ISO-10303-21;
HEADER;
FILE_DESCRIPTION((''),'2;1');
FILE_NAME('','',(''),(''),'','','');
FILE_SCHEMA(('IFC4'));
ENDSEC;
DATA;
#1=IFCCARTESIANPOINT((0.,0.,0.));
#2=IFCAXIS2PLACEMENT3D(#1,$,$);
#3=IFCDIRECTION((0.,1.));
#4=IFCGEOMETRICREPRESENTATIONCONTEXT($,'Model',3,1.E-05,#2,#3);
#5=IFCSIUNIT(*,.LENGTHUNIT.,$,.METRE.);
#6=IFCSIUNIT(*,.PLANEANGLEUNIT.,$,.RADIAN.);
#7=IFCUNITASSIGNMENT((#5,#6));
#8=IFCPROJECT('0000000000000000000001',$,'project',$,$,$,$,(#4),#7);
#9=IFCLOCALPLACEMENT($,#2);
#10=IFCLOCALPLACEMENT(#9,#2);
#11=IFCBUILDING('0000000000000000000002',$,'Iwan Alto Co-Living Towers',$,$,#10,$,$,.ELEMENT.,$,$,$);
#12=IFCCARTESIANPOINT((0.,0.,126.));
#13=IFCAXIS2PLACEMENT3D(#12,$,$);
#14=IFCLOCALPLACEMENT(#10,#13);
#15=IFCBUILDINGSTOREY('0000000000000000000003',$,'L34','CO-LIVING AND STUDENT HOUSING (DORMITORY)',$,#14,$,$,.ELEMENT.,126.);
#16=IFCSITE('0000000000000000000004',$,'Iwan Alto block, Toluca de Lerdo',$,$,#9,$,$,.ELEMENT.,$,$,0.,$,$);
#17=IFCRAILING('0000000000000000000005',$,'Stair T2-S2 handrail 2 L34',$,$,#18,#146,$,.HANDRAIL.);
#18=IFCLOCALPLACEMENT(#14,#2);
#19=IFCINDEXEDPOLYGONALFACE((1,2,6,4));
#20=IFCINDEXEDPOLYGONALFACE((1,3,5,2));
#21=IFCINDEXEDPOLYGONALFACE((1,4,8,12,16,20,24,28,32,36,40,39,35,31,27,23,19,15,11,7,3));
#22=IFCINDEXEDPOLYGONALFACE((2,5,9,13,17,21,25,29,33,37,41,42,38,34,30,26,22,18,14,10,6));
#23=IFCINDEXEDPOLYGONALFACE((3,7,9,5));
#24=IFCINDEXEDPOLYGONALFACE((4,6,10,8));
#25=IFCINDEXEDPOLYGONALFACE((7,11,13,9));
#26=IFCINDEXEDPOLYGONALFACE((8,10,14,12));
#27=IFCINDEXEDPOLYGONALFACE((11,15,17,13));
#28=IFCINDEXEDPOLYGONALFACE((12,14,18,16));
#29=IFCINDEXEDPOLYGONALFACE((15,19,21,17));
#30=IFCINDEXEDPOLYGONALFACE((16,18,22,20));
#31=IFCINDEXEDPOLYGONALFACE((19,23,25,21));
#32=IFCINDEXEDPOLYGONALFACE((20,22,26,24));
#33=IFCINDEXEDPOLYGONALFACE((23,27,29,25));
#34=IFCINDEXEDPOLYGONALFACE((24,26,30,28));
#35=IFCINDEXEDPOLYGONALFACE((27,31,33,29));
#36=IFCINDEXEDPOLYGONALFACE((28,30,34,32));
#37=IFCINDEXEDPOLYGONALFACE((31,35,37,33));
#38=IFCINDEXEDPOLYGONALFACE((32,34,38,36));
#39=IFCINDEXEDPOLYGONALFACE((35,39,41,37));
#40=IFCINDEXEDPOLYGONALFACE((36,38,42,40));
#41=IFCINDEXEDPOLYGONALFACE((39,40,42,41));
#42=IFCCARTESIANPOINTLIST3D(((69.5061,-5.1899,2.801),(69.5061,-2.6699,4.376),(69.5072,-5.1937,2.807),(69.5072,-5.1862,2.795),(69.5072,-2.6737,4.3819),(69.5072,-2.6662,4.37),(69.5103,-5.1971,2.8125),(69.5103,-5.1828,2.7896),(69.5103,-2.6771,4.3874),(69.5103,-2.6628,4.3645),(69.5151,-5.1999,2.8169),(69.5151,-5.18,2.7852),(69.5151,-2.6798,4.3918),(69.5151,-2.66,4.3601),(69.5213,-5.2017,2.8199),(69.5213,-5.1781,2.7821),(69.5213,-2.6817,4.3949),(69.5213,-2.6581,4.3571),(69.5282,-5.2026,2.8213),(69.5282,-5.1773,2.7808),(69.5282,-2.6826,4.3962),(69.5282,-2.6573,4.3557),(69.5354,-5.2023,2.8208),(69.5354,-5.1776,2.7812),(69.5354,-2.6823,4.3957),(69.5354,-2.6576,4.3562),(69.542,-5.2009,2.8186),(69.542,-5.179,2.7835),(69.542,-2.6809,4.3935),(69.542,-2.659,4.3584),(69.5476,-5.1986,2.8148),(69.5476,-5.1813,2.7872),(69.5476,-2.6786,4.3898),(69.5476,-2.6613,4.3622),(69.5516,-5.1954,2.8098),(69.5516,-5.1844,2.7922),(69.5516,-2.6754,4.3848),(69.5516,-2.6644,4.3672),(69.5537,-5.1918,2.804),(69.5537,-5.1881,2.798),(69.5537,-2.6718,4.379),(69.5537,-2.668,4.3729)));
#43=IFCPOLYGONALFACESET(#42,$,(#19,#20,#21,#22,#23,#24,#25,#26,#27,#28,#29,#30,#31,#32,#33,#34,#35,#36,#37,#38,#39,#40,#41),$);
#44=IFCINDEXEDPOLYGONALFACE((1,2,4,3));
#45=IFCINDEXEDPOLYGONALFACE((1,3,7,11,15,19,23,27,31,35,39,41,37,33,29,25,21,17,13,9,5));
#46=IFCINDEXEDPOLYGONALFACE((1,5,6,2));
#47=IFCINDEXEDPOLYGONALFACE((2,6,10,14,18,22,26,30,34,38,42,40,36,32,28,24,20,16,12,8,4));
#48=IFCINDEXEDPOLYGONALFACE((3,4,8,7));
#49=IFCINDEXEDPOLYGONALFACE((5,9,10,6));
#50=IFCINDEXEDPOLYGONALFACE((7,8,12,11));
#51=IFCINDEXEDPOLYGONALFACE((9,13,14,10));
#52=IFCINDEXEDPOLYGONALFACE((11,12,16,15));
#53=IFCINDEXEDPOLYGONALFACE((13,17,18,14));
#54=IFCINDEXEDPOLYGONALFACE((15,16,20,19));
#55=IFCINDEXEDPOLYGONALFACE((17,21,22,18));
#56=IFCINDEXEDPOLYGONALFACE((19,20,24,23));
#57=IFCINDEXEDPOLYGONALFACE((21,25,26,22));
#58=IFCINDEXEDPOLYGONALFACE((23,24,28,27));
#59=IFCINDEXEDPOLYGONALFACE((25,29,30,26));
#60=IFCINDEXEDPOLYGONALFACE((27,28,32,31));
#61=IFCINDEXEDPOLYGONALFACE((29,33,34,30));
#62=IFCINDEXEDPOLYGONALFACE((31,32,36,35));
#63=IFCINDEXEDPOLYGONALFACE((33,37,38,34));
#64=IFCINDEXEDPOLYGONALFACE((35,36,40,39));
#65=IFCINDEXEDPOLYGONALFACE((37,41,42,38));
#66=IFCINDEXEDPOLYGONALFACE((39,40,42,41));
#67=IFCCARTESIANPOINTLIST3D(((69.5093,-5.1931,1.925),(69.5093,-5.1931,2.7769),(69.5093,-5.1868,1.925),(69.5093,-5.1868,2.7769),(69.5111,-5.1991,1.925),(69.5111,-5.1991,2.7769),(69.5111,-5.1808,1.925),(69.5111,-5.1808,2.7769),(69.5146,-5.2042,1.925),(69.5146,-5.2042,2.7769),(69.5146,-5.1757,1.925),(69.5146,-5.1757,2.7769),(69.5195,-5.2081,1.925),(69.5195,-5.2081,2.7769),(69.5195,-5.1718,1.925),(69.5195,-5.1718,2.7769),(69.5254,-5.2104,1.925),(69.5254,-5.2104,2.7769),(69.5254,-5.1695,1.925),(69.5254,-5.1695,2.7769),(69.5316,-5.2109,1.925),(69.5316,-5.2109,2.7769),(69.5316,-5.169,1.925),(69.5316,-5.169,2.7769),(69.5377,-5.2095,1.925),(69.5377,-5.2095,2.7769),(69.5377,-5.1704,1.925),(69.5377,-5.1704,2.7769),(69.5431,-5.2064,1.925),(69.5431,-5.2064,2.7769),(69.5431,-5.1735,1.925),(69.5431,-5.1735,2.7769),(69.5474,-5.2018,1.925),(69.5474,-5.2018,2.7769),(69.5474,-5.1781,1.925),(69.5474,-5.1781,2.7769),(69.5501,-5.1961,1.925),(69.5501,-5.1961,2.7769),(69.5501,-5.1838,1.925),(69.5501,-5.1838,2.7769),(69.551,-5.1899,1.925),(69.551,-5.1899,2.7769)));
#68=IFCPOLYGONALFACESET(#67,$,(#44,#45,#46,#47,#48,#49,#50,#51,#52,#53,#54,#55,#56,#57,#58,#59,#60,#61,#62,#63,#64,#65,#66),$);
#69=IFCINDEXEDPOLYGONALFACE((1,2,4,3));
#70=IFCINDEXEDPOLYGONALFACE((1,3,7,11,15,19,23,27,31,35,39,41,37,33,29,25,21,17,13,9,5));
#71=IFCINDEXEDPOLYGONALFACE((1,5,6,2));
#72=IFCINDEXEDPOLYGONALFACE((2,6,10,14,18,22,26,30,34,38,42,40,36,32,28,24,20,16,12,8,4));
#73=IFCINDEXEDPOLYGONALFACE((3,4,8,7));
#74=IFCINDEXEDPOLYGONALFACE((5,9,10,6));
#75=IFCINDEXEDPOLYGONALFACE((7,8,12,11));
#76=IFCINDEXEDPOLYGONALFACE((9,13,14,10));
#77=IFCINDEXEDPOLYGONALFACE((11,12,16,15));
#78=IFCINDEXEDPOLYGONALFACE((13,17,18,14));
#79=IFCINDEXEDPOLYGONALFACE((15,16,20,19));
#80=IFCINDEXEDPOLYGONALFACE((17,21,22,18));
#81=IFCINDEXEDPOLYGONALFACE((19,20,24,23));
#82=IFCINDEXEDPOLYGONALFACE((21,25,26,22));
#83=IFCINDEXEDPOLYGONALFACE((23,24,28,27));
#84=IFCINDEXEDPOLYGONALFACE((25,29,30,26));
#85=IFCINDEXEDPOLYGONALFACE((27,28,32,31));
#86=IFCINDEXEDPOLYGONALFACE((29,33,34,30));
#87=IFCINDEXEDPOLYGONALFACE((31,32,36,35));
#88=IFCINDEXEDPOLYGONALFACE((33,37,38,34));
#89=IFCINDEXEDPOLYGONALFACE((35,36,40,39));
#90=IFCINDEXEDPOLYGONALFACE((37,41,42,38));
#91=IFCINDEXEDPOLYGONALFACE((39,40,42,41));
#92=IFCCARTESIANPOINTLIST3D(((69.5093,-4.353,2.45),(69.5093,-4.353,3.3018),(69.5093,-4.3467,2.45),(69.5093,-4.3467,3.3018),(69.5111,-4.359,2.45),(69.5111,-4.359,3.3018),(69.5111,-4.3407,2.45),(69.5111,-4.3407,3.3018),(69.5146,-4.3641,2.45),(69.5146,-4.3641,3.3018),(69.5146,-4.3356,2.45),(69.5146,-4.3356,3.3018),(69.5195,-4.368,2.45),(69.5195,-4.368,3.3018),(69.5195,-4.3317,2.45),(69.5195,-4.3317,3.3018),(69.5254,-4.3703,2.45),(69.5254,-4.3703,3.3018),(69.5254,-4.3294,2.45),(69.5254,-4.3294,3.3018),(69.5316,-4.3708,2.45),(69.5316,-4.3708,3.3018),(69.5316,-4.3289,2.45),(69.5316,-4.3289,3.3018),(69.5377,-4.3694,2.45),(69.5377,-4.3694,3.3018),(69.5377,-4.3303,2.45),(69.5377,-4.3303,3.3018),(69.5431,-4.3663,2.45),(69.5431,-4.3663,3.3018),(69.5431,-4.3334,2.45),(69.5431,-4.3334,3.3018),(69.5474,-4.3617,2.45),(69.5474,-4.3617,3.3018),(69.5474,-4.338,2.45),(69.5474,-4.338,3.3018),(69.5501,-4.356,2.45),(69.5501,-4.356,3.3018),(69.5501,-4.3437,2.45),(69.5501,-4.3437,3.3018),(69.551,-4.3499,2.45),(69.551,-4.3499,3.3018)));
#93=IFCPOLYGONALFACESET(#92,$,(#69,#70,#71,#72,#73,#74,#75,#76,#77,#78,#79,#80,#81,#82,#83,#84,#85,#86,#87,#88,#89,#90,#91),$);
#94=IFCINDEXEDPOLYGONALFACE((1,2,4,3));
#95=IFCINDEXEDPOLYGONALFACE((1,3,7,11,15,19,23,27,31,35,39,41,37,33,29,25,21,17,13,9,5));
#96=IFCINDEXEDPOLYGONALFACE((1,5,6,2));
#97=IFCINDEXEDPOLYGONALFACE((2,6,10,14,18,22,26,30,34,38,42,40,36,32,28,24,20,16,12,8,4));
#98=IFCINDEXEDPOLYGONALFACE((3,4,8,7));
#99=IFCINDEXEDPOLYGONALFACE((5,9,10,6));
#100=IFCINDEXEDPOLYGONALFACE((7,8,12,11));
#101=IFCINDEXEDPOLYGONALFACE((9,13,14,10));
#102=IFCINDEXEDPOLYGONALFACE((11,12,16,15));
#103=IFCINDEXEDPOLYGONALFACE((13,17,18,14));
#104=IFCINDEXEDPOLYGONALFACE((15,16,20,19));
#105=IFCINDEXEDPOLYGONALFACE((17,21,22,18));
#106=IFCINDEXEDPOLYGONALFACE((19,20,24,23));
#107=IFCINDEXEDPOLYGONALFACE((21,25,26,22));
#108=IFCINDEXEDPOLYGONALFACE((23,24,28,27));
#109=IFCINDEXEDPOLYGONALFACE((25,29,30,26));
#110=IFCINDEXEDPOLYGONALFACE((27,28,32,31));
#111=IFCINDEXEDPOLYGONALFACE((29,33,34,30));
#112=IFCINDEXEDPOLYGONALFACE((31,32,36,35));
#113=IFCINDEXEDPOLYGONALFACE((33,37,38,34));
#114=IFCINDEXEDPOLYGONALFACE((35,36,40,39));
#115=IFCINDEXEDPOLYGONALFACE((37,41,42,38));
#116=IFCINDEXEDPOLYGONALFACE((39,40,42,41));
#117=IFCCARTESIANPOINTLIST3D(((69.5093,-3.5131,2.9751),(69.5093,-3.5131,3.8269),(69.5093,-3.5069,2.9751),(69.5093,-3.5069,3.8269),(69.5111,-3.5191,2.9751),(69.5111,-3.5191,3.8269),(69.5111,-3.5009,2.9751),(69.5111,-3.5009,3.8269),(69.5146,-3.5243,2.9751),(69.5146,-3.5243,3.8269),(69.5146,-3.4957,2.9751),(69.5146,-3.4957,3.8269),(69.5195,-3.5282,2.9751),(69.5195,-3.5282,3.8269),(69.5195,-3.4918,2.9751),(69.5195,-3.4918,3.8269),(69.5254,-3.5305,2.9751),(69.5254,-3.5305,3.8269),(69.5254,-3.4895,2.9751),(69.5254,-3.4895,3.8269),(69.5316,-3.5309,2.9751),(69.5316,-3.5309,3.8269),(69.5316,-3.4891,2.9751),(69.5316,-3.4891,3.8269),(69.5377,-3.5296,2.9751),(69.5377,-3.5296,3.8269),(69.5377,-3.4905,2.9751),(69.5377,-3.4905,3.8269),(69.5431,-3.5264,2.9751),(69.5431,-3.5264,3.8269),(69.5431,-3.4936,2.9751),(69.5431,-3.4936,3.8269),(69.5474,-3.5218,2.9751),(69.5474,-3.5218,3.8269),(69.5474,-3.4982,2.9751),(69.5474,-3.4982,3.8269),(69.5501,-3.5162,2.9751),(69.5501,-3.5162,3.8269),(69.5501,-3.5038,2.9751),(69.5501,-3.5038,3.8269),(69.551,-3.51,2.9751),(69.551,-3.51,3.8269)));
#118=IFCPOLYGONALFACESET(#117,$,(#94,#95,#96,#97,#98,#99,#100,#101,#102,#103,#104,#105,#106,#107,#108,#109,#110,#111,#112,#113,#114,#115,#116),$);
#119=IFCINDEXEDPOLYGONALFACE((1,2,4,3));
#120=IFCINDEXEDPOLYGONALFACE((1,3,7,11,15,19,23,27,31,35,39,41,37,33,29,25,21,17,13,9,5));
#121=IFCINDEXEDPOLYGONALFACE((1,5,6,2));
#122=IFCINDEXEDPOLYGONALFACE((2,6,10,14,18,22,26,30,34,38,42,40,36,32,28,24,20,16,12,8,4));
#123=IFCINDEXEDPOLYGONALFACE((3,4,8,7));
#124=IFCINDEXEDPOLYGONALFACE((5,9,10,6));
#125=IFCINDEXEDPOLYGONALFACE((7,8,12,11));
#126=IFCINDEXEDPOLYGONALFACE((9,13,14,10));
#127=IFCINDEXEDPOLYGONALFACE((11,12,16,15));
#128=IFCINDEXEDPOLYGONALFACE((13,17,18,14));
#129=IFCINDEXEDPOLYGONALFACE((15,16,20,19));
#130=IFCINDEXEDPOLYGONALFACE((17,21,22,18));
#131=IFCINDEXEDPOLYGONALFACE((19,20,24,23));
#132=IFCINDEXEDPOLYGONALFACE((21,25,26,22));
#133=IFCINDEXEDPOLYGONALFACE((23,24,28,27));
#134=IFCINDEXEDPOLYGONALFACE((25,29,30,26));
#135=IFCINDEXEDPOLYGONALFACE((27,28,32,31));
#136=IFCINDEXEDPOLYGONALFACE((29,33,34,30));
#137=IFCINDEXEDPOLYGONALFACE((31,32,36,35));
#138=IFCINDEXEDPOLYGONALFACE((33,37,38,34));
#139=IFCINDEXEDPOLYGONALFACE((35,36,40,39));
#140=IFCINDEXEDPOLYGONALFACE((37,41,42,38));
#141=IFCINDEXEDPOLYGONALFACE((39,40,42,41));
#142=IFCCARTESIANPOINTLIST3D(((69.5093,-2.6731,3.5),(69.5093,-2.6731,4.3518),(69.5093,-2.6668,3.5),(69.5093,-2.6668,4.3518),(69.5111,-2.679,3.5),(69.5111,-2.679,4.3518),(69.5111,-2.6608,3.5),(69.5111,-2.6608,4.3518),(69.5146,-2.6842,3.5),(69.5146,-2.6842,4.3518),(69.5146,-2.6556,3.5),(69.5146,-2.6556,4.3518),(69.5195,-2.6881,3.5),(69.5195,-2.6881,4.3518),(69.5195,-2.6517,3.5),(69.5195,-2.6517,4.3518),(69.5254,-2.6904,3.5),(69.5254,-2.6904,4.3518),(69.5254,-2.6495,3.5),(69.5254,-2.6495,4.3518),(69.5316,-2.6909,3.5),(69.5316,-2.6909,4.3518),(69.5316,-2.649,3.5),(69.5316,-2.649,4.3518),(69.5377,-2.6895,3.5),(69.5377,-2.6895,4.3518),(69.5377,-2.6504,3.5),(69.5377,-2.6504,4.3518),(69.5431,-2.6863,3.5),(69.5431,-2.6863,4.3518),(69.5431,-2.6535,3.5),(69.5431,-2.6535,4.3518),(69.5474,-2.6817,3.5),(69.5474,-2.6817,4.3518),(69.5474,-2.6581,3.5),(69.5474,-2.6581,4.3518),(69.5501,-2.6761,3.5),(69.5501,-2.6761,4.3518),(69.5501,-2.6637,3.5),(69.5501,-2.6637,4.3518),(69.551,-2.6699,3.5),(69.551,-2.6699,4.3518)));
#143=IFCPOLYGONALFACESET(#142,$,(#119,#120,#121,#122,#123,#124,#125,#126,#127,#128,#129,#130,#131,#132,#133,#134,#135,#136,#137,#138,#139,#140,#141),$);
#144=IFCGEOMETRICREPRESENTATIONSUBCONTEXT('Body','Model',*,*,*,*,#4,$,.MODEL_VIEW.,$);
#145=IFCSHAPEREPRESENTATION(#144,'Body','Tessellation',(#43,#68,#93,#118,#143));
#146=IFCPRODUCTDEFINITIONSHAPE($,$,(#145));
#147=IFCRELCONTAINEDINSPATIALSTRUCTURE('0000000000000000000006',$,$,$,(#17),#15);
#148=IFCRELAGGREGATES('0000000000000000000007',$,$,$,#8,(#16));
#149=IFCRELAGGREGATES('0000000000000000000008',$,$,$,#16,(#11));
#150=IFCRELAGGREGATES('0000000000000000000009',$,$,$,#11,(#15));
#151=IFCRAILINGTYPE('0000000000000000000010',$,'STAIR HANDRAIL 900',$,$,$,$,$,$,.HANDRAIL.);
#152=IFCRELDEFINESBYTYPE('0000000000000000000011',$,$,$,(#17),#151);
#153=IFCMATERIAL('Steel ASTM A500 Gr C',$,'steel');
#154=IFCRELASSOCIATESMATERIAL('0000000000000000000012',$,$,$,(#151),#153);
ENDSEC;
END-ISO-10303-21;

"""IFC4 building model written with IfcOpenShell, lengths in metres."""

from ifc_helpers import new_model, si_unit, direction, frame, origin, origin_2d, place, context, subcontext, project, spatial, circle, extrude, material, type_object, element, save


model = new_model("IFC4")

# Units and contexts
model_context = context("Model", 3, precision=1e-05, world=origin(), true_north=direction((0.0, 1.0)))
body_context = subcontext(model_context, "Body", "Model", "MODEL_VIEW")
ifc_project = project(units=[si_unit("LENGTHUNIT", "METRE"), si_unit("PLANEANGLEUNIT", "RADIAN")], contexts=[model_context])

# Site, building, storey
site_placement = place(None, origin())
site = spatial("IfcSite", under=ifc_project, at=site_placement, Name="Iwan Alto block, Toluca de Lerdo", CompositionType="ELEMENT", RefElevation=0.0)
building_placement = place(site_placement, origin())
building = spatial("IfcBuilding", under=site, at=building_placement, Name="Iwan Alto Co-Living Towers", CompositionType="ELEMENT")
storey_placement = place(building_placement, frame((0.0, 0.0, 126.0)))
storey = spatial("IfcBuildingStorey", under=building, at=storey_placement, Name="L34", Description="CO-LIVING AND STUDENT HOUSING (DORMITORY)", CompositionType="ELEMENT", Elevation=126.0)

# Railing
ifc_material_1 = material(Name="Steel ASTM A500 Gr C", Category="steel")
railing_type_1 = type_object("IfcRailingType", Name="STAIR HANDRAIL 900", PredefinedType="HANDRAIL", material=ifc_material_1)
railing_1_placement = place(storey_placement, frame((69.53, -5.1899, 1.925)))
element("IfcRailing", 1, at=railing_1_placement, inside=storey, type_object=railing_type_1, Name="Stair T2-S2 handrail 2 L34", PredefinedType="HANDRAIL", context=body_context, shape_type="SweptSolid", body=[
    extrude(circle(Radius=0.0239, at=origin_2d()), frame((0.0, 0.0, 0.876), z_axis=(0.0, 0.848008, 0.529984), x_axis=(-1.0, 0.0, 0.0)), (0.0, 0.0, 1.0), 2.9717),
    extrude(circle(Radius=0.021, at=origin_2d()), origin(), (0.0, 0.0, 1.0), 0.8518),
    extrude(circle(Radius=0.021, at=origin_2d()), frame((0.0, 0.8401, 0.5249)), (0.0, 0.0, 1.0), 0.8518),
    extrude(circle(Radius=0.021, at=origin_2d()), frame((0.0, 1.6799, 1.05)), (0.0, 0.0, 1.0), 0.8518),
    extrude(circle(Radius=0.021, at=origin_2d()), frame((0.0, 2.52, 1.575)), (0.0, 0.0, 1.0), 0.8518),
])

save(model, "model.ifc")
